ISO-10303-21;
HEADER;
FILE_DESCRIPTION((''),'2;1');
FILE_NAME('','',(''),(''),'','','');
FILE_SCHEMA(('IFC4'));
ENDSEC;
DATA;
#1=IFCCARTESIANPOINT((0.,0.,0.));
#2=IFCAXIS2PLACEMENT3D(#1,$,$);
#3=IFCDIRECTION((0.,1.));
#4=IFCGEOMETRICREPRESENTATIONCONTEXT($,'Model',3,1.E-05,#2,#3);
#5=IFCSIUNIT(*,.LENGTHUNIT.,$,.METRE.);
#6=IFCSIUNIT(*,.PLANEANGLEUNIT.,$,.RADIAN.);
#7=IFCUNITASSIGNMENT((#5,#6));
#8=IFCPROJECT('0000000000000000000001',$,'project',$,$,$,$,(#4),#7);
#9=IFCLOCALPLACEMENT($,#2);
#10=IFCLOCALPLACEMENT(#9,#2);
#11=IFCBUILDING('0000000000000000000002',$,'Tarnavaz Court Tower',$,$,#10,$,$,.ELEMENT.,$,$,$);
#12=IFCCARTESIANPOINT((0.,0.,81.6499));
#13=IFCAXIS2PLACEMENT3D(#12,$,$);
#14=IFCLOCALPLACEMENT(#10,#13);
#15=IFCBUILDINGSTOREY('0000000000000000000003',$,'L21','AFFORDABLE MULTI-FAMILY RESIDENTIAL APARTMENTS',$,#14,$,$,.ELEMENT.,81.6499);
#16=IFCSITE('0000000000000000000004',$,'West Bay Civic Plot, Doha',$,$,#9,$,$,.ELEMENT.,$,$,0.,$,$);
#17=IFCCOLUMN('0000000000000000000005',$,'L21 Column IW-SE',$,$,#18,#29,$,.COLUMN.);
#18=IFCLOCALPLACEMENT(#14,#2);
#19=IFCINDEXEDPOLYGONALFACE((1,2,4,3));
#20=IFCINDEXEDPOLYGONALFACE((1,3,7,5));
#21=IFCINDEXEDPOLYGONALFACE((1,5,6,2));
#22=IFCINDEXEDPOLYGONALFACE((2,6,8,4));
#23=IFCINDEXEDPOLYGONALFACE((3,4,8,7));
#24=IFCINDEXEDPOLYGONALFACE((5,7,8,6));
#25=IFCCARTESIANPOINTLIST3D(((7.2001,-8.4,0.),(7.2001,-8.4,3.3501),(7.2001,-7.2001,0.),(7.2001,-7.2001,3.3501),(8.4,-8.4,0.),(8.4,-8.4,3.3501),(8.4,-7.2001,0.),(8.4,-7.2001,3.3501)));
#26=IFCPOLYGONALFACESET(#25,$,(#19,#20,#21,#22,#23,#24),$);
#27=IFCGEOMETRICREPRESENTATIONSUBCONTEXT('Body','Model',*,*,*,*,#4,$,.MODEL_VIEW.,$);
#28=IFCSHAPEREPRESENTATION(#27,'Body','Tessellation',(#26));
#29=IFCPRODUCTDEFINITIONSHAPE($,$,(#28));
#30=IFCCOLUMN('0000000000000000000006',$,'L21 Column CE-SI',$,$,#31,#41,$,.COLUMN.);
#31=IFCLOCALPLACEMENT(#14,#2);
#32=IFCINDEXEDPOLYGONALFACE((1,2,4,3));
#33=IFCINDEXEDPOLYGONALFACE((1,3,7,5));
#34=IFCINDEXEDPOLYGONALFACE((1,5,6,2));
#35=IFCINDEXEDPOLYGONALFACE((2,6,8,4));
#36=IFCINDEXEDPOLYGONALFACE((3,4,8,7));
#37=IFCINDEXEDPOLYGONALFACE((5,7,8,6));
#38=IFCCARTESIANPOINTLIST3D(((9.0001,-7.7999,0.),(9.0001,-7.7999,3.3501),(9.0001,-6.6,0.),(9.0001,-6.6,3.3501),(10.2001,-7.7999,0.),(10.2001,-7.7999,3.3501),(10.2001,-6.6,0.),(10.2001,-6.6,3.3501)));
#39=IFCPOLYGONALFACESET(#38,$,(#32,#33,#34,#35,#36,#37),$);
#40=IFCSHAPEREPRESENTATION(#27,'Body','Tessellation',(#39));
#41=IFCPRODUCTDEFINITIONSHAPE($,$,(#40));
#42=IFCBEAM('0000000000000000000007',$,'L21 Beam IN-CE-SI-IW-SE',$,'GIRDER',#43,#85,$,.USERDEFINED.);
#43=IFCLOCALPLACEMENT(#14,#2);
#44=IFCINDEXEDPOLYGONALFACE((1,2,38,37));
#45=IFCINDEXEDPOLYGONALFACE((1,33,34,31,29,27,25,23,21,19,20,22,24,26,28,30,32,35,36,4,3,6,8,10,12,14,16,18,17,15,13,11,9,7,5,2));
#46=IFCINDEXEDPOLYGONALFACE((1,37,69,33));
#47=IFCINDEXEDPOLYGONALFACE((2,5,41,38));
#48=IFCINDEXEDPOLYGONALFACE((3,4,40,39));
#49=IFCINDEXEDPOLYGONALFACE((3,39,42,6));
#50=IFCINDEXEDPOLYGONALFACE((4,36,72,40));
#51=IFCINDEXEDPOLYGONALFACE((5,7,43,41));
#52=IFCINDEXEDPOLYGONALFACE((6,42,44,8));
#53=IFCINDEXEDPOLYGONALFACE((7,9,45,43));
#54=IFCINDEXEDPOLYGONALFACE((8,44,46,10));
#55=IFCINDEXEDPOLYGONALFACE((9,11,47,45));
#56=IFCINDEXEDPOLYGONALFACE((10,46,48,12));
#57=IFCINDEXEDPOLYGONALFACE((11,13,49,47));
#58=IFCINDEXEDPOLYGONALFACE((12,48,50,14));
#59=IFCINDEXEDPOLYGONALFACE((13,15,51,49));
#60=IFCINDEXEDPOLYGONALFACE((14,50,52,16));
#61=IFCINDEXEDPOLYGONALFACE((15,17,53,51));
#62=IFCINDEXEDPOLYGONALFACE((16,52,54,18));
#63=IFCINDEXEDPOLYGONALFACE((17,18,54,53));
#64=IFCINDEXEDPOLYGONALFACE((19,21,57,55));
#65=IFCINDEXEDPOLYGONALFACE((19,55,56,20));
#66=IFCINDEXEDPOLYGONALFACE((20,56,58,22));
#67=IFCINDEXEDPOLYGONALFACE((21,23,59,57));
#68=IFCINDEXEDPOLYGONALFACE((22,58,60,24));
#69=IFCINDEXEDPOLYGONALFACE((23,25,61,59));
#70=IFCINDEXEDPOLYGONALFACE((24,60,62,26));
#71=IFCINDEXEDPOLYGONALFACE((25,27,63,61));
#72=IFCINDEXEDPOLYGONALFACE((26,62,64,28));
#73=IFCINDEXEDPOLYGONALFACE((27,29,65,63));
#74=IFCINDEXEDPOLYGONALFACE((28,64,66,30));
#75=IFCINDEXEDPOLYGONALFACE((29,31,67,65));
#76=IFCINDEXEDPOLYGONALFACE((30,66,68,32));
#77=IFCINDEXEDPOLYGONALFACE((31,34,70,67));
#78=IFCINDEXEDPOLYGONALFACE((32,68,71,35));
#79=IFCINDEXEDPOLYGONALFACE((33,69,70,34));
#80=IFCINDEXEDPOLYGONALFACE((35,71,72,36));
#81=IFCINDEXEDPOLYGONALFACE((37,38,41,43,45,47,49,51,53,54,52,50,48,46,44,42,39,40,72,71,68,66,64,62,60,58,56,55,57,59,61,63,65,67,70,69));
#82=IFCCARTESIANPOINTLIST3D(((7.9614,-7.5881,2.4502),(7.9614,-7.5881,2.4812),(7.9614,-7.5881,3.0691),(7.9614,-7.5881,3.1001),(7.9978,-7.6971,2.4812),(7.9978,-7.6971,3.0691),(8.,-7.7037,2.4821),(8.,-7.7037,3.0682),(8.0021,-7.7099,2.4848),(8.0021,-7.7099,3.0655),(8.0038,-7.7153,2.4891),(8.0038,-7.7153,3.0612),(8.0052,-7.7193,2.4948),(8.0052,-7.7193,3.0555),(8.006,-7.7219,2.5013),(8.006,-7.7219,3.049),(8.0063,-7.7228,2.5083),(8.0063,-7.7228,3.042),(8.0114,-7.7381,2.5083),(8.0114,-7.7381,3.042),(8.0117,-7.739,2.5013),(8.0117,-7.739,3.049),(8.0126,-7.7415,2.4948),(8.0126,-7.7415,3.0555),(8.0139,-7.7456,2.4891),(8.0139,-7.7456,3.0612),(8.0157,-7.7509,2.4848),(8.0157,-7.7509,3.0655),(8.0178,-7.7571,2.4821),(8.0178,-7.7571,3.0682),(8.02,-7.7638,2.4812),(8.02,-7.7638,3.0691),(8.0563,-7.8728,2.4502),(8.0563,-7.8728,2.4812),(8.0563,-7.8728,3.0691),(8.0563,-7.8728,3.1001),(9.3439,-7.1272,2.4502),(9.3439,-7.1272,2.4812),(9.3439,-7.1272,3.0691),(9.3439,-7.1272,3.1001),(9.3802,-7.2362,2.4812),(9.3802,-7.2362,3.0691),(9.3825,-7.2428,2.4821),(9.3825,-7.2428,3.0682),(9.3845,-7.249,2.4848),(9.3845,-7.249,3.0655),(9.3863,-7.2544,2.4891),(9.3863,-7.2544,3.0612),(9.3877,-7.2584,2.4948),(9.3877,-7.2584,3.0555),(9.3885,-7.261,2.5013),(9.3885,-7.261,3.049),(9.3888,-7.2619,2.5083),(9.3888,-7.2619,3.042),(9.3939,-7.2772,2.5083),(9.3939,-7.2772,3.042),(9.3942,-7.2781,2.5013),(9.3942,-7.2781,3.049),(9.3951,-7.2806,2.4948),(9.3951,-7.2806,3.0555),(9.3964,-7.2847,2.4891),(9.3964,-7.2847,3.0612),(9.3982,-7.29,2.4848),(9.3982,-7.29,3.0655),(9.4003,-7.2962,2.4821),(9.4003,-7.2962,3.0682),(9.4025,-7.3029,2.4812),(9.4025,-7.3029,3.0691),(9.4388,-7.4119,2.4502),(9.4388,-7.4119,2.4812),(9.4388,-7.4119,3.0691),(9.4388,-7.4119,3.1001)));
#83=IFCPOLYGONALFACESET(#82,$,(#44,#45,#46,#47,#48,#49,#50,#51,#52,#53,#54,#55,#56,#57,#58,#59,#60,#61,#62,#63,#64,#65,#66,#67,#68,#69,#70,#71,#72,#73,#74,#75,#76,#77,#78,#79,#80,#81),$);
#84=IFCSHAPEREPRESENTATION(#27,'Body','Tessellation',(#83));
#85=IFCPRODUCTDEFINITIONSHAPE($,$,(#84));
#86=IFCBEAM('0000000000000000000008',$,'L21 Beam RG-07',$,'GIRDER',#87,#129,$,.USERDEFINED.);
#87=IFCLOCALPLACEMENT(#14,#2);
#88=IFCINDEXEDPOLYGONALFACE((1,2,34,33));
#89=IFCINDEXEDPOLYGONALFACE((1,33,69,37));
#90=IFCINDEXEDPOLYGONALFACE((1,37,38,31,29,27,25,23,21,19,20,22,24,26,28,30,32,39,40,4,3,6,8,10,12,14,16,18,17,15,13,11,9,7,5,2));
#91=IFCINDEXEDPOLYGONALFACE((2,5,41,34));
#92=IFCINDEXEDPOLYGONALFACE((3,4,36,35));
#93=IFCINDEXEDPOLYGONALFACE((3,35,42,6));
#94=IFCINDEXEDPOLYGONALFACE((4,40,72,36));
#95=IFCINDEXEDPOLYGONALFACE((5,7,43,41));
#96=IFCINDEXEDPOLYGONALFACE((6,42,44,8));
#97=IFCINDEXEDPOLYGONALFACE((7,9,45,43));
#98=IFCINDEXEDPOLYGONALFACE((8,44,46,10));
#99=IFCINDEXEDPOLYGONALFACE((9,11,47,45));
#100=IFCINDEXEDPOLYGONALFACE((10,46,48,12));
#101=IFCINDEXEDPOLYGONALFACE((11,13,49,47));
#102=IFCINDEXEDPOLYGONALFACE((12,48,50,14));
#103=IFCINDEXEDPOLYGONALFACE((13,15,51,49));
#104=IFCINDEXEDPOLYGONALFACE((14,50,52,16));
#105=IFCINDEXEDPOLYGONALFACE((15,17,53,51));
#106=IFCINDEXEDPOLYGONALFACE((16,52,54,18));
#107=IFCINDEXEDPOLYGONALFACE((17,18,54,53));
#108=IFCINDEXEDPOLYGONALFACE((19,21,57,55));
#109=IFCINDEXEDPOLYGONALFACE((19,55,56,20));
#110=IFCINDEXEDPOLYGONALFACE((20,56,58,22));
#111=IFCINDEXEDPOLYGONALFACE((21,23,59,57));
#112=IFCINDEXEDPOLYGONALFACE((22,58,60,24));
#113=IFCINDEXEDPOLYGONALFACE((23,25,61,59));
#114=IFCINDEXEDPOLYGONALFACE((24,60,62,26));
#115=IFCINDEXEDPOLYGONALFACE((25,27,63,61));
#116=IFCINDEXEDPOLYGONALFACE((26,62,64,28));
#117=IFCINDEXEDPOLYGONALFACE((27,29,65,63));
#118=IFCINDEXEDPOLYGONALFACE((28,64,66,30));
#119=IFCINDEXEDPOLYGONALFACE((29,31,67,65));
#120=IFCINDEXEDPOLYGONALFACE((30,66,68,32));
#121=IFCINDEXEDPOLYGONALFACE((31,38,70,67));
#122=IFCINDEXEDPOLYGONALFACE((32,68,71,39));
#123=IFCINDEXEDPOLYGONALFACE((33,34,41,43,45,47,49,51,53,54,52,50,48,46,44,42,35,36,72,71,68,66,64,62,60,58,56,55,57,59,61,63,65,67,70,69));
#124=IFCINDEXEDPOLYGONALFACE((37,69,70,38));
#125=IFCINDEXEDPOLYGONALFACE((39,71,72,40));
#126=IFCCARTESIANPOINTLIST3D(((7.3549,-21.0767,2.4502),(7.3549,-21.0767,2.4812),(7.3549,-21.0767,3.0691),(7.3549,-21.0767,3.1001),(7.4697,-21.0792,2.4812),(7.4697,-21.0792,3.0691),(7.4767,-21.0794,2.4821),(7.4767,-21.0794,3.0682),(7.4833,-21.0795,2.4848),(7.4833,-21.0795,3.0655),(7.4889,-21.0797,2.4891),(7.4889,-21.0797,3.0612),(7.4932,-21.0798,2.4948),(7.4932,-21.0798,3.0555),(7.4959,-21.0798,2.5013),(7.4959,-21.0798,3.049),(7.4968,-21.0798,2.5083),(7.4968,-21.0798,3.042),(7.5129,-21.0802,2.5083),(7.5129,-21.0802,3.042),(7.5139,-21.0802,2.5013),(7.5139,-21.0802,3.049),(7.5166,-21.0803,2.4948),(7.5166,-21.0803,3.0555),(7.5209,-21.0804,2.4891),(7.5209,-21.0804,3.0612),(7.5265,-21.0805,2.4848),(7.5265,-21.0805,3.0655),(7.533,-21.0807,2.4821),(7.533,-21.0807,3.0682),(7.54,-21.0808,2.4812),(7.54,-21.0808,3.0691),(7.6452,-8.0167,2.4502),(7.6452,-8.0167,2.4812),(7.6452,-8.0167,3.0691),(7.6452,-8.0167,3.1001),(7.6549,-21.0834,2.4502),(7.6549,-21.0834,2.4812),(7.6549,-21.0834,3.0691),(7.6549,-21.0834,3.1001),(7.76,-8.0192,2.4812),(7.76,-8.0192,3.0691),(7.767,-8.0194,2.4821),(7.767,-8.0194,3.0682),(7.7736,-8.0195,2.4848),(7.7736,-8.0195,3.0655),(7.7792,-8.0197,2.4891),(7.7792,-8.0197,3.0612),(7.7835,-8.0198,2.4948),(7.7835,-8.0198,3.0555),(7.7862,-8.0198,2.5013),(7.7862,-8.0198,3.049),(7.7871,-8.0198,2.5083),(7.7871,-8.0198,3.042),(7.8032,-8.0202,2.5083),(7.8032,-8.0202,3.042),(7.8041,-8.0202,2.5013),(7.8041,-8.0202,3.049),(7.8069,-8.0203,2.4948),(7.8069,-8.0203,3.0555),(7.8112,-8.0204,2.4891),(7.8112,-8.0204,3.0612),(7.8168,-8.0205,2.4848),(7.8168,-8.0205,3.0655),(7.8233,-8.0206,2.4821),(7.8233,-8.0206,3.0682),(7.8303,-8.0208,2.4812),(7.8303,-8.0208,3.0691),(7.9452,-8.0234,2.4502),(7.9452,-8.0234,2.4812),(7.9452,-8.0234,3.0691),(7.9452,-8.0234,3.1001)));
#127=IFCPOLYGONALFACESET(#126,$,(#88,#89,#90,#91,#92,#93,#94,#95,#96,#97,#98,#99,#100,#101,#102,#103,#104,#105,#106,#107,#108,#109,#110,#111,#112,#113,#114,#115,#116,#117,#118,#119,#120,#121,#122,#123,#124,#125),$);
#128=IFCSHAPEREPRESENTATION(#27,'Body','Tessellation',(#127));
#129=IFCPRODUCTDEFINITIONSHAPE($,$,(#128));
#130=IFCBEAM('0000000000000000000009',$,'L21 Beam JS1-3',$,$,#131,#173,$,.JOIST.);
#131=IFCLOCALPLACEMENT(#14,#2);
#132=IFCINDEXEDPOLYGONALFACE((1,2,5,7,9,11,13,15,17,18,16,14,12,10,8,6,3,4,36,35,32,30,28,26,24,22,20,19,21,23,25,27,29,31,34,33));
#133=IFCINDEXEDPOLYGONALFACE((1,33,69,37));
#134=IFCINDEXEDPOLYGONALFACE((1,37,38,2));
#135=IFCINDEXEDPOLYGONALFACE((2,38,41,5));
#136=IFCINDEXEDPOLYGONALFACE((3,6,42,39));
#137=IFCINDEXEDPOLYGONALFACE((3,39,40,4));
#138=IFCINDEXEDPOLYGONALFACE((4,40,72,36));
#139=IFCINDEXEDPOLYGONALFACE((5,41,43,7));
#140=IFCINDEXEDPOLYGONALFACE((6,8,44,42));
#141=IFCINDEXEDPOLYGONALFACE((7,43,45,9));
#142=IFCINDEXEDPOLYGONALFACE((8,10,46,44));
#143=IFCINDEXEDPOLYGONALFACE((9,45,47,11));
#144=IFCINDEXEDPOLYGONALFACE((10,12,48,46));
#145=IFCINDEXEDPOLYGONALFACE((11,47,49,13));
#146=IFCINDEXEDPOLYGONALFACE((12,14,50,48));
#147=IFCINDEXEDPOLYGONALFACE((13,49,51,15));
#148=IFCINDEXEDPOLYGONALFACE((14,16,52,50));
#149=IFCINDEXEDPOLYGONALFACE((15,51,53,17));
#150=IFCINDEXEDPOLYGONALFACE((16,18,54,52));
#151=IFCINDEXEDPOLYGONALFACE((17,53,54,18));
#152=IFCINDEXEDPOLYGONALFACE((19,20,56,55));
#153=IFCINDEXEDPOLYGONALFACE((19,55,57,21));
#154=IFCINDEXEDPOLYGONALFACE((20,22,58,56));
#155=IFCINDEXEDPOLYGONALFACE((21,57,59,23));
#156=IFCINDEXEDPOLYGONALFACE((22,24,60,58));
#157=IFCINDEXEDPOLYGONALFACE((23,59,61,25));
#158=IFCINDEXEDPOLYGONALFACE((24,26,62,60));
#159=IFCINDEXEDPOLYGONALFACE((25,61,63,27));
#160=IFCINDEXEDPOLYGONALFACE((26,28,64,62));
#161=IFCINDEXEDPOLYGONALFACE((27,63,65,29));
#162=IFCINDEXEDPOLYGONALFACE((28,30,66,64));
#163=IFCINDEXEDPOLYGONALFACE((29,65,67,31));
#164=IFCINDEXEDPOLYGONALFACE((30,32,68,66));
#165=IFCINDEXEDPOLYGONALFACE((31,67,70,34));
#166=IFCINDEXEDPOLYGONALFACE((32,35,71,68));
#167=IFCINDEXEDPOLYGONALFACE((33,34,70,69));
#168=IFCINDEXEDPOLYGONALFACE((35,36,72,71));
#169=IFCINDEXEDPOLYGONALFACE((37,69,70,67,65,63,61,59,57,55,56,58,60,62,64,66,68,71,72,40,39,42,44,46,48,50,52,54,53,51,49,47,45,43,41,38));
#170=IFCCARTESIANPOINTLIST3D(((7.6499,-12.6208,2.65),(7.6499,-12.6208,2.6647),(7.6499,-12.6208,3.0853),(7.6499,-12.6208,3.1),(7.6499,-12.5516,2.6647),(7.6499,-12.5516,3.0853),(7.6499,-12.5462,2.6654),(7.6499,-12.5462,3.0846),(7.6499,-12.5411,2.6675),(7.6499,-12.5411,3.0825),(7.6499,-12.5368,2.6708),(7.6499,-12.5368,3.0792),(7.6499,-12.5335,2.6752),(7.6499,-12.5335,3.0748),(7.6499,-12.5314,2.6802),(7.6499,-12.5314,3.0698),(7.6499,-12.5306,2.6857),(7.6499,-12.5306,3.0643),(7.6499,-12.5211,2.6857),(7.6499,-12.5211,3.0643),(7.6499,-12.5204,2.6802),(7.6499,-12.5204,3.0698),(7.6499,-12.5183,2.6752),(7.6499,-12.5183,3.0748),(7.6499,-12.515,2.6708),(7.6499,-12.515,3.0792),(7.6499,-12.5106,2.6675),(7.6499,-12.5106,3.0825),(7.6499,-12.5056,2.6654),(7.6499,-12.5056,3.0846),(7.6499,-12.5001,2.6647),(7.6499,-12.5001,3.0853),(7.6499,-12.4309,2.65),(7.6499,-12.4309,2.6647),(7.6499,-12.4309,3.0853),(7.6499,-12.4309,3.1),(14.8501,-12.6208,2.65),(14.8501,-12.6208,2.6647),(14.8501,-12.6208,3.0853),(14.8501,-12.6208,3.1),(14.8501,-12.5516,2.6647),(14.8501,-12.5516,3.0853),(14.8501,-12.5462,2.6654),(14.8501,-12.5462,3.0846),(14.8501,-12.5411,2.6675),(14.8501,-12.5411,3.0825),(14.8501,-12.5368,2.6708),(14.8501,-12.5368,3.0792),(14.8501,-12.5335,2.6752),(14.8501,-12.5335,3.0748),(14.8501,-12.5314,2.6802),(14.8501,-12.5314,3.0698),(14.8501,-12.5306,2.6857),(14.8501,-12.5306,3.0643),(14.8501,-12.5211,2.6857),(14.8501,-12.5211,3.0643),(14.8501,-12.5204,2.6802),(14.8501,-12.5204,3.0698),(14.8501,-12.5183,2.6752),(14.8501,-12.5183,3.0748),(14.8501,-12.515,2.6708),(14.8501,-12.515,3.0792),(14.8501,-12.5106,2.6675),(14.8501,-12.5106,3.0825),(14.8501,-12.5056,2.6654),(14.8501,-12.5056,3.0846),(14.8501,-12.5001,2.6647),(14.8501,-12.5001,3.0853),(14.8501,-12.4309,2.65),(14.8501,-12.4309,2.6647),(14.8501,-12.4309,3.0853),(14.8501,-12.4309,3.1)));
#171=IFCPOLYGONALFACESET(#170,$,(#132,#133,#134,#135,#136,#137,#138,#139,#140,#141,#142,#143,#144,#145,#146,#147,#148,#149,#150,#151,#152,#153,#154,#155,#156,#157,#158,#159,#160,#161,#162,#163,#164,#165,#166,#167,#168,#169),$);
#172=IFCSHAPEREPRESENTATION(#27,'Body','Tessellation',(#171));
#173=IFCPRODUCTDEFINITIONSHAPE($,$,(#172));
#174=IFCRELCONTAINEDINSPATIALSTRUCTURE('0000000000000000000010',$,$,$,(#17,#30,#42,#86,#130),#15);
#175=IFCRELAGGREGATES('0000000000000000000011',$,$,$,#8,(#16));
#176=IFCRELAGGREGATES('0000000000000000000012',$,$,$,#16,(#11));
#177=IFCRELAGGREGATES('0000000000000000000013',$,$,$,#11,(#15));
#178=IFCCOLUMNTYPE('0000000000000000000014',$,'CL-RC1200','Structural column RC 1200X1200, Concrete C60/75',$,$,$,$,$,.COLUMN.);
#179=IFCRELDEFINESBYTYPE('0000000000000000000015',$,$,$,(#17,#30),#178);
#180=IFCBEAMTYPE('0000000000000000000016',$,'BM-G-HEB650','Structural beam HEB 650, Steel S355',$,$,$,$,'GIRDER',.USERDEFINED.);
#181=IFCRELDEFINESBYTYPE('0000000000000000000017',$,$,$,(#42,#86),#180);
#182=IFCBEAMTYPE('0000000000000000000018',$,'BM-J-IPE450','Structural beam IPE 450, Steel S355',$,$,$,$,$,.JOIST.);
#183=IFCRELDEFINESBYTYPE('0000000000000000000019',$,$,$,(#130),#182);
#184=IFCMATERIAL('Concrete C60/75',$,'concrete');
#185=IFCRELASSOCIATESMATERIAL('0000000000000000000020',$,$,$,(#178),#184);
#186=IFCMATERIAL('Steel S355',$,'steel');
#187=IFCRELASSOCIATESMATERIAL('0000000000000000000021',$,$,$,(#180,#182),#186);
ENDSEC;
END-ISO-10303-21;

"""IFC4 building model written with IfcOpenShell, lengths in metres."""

from ifc_helpers import new_model, si_unit, direction, frame, origin, origin_2d, place, context, subcontext, project, spatial, rectangle, i_section, extrude, material, material_profile, profile_set, type_object, element, save


model = new_model("IFC4")

# Units and contexts
model_context = context("Model", 3, precision=1e-05, world=origin(), true_north=direction((0.0, 1.0)))
body_context = subcontext(model_context, "Body", "Model", "MODEL_VIEW")
ifc_project = project(units=[si_unit("LENGTHUNIT", "METRE"), si_unit("PLANEANGLEUNIT", "RADIAN")], contexts=[model_context])

# Site, building, storey
site_placement = place(None, origin())
site = spatial("IfcSite", under=ifc_project, at=site_placement, Name="West Bay Civic Plot, Doha", CompositionType="ELEMENT", RefElevation=0.0)
building_placement = place(site_placement, origin())
building = spatial("IfcBuilding", under=site, at=building_placement, Name="Tarnavaz Court Tower", CompositionType="ELEMENT")
storey_placement = place(building_placement, frame((0.0, 0.0, 81.6499)))
storey = spatial("IfcBuildingStorey", under=building, at=storey_placement, Name="L21", Description="AFFORDABLE MULTI-FAMILY RESIDENTIAL APARTMENTS", CompositionType="ELEMENT", Elevation=81.6499)

# Columns
ifc_material_1 = material(Name="Concrete C60/75", Category="concrete")
ifc_material_profile_1 = material_profile(ifc_material_1, rectangle(XDim=1.2, YDim=1.2, at=origin_2d()), Name="RC 1200X1200")
ifc_profile_set_1 = profile_set([ifc_material_profile_1], Name="Concrete C60/75")
column_type = type_object("IfcColumnType", Name="CL-RC1200", Description="Structural column RC 1200X1200, Concrete C60/75", PredefinedType="COLUMN", material=ifc_profile_set_1)
for number, where, z_axis, x_axis, name in (
    (1, (7.8, -7.8, 0.0), (0.0, 0.0, 1.0), (1.0, 0.0, 0.0), "L21 Column IW-SE"),
    (2, (9.6001, -7.2, 0.0), (0.0, 0.0, 1.0), (1.0, 0.0, 0.0), "L21 Column CE-SI"),
):
    element("IfcColumn", number, at=place(storey_placement, frame(where, z_axis=z_axis, x_axis=x_axis)), inside=storey, type_object=column_type, Name=name, PredefinedType="COLUMN", context=body_context, shape_type="SweptSolid", body=[
        extrude(rectangle(XDim=1.2, YDim=1.2, at=origin_2d()), origin(), (0.0, 0.0, 1.0), 3.3501),
    ])

# Beams
ifc_material_2 = material(Name="Steel S355", Category="steel")
ifc_material_profile_2 = material_profile(ifc_material_2, i_section(OverallWidth=0.3, OverallDepth=0.6499, WebThickness=0.0161, FlangeThickness=0.031, FilletRadius=0.0271, at=origin_2d()), Name="HEB 650")
ifc_profile_set_2 = profile_set([ifc_material_profile_2], Name="Steel S355")
beam_type_1 = type_object("IfcBeamType", Name="BM-G-HEB650", Description="Structural beam HEB 650, Steel S355", ElementType="GIRDER", PredefinedType="USERDEFINED", material=ifc_profile_set_2)
beam_1_placement = place(storey_placement, frame((9.3914, -7.2695, 2.7751), z_axis=(-0.948667, -0.316278, 0.0), x_axis=(0.316278, -0.948667, 0.0)))
element("IfcBeam", 3, at=beam_1_placement, inside=storey, type_object=beam_type_1, Name="L21 Beam IN-CE-SI-IW-SE", ObjectType="GIRDER", PredefinedType="USERDEFINED", context=body_context, shape_type="SweptSolid", body=[
    extrude(i_section(OverallWidth=0.3, OverallDepth=0.6499, WebThickness=0.0161, FlangeThickness=0.031, FilletRadius=0.0271, at=origin_2d()), origin(), (0.0, 0.0, 1.0), 1.4573),
])
beam_2_placement = place(storey_placement, frame((7.7952, -8.02, 2.7751), z_axis=(-0.022221, -0.999753, 0.0), x_axis=(0.999753, -0.022221, 0.0)))
element("IfcBeam", 4, at=beam_2_placement, inside=storey, type_object=beam_type_1, Name="L21 Beam RG-07", ObjectType="GIRDER", PredefinedType="USERDEFINED", context=body_context, shape_type="SweptSolid", body=[
    extrude(i_section(OverallWidth=0.3, OverallDepth=0.6499, WebThickness=0.0161, FlangeThickness=0.031, FilletRadius=0.0271, at=origin_2d()), origin(), (0.0, 0.0, 1.0), 13.0632),
])
ifc_material_profile_3 = material_profile(ifc_material_2, i_section(OverallWidth=0.1899, OverallDepth=0.45, WebThickness=0.0095, FlangeThickness=0.0146, FilletRadius=0.021, at=origin_2d()), Name="IPE 450")
ifc_profile_set_3 = profile_set([ifc_material_profile_3], Name="Steel S355")
beam_type_2 = type_object("IfcBeamType", Name="BM-J-IPE450", Description="Structural beam IPE 450, Steel S355", PredefinedType="JOIST", material=ifc_profile_set_3)
beam_3_placement = place(storey_placement, frame((7.6499, -12.5259, 2.875), z_axis=(1.0, 0.0, 0.0), x_axis=(0.0, 1.0, 0.0)))
element("IfcBeam", 5, at=beam_3_placement, inside=storey, type_object=beam_type_2, Name="L21 Beam JS1-3", PredefinedType="JOIST", context=body_context, shape_type="SweptSolid", body=[
    extrude(i_section(OverallWidth=0.1899, OverallDepth=0.45, WebThickness=0.0095, FlangeThickness=0.0146, FilletRadius=0.021, at=origin_2d()), origin(), (0.0, 0.0, 1.0), 7.2002),
])

save(model, "model.ifc")
